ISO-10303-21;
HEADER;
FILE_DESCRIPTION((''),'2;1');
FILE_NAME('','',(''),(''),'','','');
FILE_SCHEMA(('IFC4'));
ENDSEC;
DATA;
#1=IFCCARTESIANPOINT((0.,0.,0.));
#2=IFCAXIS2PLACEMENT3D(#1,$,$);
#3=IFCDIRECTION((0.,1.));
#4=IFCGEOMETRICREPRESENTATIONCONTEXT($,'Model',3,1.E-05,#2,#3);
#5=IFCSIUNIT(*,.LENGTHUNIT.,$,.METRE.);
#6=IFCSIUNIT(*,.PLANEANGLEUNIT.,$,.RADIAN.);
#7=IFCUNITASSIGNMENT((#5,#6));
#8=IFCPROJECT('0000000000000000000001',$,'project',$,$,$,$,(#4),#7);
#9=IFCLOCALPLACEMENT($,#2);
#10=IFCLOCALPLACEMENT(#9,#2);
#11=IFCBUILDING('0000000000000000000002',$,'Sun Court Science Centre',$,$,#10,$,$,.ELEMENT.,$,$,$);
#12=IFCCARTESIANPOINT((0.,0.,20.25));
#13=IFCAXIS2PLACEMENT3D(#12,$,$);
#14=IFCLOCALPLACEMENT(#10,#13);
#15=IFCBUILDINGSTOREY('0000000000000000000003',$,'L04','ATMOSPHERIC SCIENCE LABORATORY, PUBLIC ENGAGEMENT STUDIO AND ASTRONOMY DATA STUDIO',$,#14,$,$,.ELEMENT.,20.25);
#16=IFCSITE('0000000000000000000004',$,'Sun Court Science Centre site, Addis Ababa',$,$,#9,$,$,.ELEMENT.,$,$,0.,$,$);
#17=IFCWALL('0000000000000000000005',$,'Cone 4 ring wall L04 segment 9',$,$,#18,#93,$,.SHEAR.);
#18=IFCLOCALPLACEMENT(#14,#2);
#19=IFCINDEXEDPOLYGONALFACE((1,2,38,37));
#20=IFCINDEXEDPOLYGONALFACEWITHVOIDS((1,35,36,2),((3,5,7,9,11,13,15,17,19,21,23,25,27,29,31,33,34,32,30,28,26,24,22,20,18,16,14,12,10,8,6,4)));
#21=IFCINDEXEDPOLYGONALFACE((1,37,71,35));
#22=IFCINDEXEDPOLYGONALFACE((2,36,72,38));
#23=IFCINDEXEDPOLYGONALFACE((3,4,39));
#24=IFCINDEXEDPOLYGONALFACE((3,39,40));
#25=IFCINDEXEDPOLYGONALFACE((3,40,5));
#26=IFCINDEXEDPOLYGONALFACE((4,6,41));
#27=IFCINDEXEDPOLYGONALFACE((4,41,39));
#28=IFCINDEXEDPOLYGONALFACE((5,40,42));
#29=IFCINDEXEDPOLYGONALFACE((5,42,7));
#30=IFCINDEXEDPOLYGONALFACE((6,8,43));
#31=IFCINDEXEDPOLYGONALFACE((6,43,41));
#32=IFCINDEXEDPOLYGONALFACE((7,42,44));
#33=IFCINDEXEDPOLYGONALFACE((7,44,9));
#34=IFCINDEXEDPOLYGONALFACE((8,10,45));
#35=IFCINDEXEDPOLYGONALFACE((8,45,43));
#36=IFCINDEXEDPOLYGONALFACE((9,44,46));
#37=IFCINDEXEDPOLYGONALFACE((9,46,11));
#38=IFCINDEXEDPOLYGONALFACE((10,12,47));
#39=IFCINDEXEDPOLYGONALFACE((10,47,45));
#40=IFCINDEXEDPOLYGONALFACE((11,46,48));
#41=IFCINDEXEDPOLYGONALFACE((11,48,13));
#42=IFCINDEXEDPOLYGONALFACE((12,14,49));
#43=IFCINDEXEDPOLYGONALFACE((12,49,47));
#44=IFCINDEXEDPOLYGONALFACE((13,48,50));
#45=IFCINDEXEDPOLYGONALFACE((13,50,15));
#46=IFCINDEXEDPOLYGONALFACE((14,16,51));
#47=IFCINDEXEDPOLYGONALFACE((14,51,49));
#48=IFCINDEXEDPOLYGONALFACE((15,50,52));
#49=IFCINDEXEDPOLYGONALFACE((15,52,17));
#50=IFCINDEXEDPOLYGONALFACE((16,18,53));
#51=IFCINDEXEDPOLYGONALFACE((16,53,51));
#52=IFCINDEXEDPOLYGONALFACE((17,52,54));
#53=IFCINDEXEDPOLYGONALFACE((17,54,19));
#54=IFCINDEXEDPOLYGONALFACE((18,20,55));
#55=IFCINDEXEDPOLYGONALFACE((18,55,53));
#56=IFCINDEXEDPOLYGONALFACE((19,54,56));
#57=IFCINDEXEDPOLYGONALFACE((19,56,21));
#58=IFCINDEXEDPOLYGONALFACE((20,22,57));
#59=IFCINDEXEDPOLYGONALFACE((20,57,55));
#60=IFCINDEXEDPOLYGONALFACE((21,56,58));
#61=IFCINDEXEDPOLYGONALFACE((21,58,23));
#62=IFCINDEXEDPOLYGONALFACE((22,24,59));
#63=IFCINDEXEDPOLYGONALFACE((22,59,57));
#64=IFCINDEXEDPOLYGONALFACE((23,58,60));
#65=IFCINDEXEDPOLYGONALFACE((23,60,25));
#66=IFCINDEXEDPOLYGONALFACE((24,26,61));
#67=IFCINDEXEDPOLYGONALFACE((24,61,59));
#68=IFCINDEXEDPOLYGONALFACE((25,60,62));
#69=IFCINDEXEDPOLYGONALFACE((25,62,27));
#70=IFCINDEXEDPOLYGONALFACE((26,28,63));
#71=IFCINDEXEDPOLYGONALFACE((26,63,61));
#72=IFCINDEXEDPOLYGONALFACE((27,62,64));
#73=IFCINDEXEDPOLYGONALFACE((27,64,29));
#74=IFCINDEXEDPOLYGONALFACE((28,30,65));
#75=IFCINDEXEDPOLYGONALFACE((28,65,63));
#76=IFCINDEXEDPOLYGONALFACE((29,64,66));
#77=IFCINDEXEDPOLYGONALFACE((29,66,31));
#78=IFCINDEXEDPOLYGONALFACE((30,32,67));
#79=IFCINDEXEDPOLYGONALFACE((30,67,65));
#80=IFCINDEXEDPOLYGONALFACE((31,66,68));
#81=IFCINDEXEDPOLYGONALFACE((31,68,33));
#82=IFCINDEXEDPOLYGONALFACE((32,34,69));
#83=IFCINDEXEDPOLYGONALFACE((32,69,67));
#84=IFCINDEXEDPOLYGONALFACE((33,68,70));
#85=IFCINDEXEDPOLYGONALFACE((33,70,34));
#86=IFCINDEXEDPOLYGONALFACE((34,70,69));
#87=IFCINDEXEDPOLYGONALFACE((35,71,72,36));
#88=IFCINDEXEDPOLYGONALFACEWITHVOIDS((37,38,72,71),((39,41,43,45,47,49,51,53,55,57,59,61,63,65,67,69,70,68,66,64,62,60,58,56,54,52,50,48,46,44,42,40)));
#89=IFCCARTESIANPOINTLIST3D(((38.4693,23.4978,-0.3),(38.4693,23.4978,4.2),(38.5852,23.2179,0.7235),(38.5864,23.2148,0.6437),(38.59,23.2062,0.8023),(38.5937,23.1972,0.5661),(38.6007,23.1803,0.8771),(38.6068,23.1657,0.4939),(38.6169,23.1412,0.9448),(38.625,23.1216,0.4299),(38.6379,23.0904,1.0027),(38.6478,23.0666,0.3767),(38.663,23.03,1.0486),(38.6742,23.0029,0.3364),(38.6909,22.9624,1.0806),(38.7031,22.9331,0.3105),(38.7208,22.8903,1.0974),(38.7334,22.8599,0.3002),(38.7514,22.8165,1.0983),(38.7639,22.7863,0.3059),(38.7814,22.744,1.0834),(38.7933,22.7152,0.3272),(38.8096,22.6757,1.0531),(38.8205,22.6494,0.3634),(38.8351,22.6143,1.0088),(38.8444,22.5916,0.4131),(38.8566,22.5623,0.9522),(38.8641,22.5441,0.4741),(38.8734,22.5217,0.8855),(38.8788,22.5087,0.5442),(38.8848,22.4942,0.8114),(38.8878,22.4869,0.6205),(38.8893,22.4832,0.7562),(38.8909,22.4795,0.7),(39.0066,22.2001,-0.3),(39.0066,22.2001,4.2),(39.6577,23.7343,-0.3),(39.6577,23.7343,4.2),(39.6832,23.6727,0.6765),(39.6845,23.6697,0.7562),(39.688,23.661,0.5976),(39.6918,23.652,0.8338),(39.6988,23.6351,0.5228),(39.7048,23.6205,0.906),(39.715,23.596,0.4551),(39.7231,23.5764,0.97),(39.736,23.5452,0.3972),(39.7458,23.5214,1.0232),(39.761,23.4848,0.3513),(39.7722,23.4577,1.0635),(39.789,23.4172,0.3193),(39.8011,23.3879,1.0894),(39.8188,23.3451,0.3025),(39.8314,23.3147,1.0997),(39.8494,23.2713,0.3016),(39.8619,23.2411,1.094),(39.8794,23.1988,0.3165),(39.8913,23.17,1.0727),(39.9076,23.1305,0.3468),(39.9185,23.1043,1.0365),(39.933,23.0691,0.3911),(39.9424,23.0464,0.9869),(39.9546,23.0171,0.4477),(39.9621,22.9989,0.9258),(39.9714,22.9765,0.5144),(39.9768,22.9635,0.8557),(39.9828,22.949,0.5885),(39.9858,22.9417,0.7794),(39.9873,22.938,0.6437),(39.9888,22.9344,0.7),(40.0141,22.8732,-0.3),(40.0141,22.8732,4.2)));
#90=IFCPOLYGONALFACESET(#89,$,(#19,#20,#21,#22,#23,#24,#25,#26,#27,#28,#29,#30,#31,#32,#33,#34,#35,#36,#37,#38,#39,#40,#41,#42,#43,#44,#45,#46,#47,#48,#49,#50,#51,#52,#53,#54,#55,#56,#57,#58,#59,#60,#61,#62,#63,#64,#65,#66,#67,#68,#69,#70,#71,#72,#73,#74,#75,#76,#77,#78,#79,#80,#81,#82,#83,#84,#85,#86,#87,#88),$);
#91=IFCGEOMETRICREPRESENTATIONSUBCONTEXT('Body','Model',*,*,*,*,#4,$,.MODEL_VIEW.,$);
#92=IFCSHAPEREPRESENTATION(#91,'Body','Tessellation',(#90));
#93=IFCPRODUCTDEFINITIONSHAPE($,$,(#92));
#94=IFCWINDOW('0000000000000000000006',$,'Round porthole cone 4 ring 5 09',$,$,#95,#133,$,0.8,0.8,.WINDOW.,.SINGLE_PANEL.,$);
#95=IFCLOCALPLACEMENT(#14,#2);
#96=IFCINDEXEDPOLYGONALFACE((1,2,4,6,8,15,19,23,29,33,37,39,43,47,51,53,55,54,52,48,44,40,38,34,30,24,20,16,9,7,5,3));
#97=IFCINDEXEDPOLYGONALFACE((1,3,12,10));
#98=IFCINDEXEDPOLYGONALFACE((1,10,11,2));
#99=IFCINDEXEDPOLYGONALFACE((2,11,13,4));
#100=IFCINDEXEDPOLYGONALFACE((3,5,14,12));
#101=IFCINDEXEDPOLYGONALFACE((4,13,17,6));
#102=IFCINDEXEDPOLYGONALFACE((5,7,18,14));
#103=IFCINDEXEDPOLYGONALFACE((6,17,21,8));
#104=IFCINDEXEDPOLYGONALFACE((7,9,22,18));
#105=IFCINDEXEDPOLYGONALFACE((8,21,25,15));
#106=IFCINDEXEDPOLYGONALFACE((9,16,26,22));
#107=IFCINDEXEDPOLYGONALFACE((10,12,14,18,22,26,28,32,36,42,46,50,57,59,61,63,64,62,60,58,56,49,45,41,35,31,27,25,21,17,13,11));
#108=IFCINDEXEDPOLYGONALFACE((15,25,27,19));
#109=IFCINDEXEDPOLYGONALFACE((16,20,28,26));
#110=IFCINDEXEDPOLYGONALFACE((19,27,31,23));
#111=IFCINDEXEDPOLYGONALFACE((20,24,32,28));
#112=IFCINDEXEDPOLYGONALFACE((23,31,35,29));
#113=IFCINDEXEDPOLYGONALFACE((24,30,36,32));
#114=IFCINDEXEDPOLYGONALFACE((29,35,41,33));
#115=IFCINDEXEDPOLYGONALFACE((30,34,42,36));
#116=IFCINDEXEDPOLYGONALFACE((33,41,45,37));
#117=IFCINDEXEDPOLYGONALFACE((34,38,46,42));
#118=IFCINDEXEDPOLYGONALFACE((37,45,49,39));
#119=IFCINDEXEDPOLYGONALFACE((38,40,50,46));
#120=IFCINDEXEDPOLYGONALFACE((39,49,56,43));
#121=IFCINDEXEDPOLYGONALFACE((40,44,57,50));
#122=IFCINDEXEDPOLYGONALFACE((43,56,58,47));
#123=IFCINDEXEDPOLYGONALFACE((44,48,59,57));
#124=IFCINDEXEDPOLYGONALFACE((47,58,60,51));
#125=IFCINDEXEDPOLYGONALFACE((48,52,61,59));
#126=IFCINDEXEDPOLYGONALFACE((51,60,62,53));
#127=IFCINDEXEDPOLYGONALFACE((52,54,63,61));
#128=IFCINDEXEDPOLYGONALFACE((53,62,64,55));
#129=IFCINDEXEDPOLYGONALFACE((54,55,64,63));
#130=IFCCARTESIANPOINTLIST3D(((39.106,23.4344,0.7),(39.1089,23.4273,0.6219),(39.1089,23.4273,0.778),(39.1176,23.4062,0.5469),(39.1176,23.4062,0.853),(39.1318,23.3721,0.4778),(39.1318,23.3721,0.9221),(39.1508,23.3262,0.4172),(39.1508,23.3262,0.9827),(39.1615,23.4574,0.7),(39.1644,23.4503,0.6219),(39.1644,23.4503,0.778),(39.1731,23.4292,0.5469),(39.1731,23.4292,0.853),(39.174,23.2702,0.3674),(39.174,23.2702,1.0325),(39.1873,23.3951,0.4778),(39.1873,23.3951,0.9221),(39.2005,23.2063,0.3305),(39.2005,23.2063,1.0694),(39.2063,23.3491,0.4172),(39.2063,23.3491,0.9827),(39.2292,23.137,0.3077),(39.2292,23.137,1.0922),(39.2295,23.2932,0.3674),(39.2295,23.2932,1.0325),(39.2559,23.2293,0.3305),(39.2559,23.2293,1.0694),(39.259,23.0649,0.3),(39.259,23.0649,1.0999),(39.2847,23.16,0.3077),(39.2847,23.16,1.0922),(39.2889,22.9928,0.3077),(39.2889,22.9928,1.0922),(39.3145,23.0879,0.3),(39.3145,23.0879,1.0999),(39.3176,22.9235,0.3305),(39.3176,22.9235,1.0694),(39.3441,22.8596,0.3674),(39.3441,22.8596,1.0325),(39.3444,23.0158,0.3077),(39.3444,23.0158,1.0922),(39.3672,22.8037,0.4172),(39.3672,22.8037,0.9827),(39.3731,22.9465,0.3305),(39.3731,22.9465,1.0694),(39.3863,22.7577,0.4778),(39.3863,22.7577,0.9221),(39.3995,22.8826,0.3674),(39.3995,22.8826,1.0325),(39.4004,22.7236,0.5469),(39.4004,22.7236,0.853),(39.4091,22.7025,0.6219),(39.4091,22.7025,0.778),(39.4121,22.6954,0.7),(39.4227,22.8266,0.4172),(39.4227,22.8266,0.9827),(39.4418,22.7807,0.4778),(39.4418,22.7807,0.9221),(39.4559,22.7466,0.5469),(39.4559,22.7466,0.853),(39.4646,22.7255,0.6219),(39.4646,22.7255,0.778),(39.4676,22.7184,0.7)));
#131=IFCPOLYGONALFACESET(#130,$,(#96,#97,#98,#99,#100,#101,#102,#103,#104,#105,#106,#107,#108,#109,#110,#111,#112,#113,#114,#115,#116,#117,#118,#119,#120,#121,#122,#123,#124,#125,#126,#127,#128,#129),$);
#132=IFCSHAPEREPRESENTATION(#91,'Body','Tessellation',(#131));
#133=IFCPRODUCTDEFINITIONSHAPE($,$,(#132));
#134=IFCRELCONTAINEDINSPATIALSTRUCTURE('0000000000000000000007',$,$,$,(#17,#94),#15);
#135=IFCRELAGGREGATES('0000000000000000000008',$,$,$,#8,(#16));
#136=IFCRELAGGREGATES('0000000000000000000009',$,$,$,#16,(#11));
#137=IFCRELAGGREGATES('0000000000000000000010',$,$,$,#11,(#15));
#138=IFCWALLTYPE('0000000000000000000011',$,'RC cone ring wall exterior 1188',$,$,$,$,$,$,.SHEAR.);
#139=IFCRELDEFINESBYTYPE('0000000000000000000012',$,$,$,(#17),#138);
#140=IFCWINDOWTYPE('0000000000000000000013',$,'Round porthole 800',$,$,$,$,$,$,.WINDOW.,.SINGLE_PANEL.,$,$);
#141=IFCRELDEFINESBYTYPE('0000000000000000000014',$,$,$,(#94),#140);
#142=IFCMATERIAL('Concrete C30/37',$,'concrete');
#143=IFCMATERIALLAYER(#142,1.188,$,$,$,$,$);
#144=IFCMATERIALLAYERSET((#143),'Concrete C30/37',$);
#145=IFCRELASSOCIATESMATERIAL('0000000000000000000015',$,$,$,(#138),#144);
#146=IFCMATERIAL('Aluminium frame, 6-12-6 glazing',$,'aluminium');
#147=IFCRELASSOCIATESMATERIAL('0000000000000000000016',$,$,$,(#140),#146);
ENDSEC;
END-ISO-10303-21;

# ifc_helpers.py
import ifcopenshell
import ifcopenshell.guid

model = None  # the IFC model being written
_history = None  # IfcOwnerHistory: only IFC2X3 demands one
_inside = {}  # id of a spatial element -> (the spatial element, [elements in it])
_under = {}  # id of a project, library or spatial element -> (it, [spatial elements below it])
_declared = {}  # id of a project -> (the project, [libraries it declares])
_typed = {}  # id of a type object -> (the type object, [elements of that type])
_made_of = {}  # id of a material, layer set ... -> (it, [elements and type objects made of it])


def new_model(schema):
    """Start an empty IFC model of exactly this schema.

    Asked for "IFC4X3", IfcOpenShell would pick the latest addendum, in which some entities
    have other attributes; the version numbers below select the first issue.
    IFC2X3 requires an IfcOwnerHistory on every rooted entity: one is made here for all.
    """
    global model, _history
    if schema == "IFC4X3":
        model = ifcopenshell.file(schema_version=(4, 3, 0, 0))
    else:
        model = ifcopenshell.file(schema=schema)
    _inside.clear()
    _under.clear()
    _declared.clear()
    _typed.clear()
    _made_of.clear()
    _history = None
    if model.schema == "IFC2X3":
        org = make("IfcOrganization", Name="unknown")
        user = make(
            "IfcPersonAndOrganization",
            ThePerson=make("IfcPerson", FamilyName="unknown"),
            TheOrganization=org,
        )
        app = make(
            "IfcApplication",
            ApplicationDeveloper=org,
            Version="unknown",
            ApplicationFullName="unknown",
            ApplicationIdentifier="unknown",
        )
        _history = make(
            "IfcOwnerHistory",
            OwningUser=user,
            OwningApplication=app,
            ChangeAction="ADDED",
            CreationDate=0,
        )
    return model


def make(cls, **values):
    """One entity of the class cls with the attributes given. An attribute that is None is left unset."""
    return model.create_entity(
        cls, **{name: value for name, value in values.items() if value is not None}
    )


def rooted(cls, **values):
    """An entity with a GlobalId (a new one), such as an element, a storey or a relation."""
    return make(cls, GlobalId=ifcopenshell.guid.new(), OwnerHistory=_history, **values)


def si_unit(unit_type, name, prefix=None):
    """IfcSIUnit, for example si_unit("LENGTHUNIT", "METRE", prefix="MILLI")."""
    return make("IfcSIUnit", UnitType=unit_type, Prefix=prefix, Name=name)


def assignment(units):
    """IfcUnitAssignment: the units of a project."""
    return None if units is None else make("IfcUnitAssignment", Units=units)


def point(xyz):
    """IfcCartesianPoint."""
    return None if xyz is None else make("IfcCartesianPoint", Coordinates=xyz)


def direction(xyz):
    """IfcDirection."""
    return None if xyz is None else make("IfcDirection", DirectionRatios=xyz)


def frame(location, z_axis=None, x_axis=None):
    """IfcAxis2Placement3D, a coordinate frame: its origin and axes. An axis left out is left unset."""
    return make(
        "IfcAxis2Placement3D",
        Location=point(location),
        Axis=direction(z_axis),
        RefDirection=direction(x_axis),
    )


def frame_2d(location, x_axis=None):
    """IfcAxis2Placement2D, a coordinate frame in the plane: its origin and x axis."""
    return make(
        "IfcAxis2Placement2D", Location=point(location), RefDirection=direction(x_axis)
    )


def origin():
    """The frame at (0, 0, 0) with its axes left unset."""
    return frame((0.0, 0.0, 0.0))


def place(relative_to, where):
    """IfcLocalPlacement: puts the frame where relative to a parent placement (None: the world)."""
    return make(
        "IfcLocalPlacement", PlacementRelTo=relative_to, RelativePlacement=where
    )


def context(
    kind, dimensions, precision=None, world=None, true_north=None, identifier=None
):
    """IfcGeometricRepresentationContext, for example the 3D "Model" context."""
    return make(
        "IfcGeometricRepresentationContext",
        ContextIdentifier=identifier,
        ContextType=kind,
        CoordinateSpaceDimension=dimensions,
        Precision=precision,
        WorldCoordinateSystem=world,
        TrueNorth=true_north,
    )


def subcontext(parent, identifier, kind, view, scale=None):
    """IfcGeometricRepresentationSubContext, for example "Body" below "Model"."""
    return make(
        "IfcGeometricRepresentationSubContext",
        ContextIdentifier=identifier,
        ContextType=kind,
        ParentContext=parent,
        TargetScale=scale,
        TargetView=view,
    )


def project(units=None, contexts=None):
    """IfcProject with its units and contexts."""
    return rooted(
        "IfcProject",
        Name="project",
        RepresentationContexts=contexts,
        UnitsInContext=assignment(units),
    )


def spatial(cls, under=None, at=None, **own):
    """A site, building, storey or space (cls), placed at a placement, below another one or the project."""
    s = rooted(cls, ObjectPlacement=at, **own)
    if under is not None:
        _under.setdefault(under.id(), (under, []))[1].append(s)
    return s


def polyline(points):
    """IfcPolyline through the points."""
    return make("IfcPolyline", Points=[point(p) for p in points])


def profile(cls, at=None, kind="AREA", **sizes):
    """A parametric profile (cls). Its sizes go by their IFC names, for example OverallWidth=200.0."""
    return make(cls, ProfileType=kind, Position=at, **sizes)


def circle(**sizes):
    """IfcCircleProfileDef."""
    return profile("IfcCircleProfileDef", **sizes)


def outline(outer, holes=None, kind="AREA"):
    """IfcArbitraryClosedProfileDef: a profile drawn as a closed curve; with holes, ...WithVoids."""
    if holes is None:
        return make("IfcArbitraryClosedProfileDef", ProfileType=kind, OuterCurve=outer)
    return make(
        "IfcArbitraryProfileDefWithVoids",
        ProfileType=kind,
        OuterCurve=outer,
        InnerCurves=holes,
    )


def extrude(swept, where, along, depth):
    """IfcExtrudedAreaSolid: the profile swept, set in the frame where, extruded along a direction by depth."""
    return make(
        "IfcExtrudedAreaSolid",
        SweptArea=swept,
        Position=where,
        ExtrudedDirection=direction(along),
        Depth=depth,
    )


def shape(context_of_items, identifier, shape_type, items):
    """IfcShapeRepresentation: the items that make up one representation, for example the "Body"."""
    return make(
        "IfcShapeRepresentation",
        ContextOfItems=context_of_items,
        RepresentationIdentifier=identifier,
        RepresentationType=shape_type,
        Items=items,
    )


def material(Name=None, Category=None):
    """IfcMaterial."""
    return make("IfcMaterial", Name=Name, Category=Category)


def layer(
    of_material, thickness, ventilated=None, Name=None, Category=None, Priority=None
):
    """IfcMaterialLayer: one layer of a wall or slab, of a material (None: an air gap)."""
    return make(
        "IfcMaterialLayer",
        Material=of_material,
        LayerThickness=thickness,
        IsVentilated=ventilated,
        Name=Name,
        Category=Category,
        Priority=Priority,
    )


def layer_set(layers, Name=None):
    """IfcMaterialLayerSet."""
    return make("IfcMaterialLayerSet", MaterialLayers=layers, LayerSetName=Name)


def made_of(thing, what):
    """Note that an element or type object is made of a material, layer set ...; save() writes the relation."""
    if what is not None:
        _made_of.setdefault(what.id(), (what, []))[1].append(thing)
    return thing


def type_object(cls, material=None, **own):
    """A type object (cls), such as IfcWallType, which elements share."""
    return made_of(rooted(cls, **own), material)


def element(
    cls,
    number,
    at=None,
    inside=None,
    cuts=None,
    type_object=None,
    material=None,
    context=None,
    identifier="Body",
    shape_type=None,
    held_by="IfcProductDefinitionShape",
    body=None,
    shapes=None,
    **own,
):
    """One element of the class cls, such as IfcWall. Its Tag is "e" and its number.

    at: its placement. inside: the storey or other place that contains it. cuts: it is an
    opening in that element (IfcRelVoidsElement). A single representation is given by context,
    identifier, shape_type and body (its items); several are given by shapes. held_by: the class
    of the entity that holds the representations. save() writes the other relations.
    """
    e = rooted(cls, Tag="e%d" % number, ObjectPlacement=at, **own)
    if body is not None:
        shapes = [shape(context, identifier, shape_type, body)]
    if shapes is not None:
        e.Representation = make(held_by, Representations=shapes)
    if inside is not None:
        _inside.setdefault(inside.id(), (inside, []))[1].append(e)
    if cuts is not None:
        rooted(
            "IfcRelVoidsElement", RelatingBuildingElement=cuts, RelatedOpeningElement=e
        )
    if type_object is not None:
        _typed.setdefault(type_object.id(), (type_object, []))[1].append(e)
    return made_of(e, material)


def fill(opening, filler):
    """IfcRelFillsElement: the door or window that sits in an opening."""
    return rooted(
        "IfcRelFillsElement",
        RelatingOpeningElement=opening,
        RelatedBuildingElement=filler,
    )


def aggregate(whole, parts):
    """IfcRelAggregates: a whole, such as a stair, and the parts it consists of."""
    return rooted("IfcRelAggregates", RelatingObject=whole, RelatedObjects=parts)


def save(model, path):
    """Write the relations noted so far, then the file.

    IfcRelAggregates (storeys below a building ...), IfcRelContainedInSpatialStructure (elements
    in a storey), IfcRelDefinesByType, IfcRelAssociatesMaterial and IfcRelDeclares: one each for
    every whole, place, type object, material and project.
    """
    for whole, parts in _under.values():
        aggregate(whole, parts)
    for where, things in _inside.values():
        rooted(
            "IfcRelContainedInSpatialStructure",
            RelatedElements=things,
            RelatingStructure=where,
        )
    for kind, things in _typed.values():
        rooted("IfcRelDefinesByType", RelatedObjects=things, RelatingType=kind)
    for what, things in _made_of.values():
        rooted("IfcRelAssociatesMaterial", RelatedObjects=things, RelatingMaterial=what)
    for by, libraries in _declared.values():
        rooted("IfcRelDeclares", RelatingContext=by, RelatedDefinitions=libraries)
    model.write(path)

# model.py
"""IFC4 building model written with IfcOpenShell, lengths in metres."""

from ifc_helpers import new_model, si_unit, direction, frame, frame_2d, origin, place, context, subcontext, project, spatial, polyline, circle, outline, extrude, material, layer, layer_set, type_object, element, fill, save


model = new_model("IFC4")

# Units and contexts
model_context = context("Model", 3, precision=1e-05, world=origin(), true_north=direction((0.0, 1.0)))
body_context = subcontext(model_context, "Body", "Model", "MODEL_VIEW")
ifc_project = project(units=[si_unit("LENGTHUNIT", "METRE"), si_unit("PLANEANGLEUNIT", "RADIAN")], contexts=[model_context])

# Site, building, storey
site_placement = place(None, origin())
site = spatial("IfcSite", under=ifc_project, at=site_placement, Name="Sun Court Science Centre site, Addis Ababa", CompositionType="ELEMENT", RefElevation=0.0)
building_placement = place(site_placement, origin())
building = spatial("IfcBuilding", under=site, at=building_placement, Name="Sun Court Science Centre", CompositionType="ELEMENT")
storey_placement = place(building_placement, frame((0.0, 0.0, 20.25)))
storey = spatial("IfcBuildingStorey", under=building, at=storey_placement, Name="L04", Description="ATMOSPHERIC SCIENCE LABORATORY, PUBLIC ENGAGEMENT STUDIO AND ASTRONOMY DATA STUDIO", CompositionType="ELEMENT", Elevation=20.25)

# Wall, opening, window
ifc_material_1 = material(Name="Concrete C30/37", Category="concrete")
ifc_layer = layer(ifc_material_1, 1.188)
ifc_layer_set = layer_set([ifc_layer], Name="Concrete C30/37")
wall_type = type_object("IfcWallType", Name="RC cone ring wall exterior 1188", PredefinedType="SHEAR", material=ifc_layer_set)
ifc_material_2 = material(Name="Aluminium frame, 6-12-6 glazing", Category="aluminium")
window_type = type_object("IfcWindowType", Name="Round porthole 800", PartitioningType="SINGLE_PANEL", PredefinedType="WINDOW", material=ifc_material_2)
wall_1_placement = place(storey_placement, frame((39.0181, 23.7251, -0.3), z_axis=(0.0, 0.0, 1.0), x_axis=(0.382689, -0.923877, 0.0)))
wall_1 = element("IfcWall", 1, at=wall_1_placement, inside=storey, type_object=wall_type, Name="Cone 4 ring wall L04 segment 9", PredefinedType="SHEAR", context=body_context, shape_type="SweptSolid", body=[
    extrude(outline(polyline([(0.0, -0.594), (1.4045, -0.5942), (1.1682, 0.5942), (0.2363, 0.5945), (0.0, -0.594)])), origin(), (0.0, 0.0, 1.0), 4.5),
])
opening_1_placement = place(wall_1_placement, frame((0.3022, 0.0, 0.6001)))
opening_1 = element("IfcOpeningElement", 2, at=opening_1_placement, cuts=wall_1, PredefinedType="OPENING", context=body_context, shape_type="SweptSolid", body=[
    extrude(circle(Radius=0.3999, at=frame_2d((0.3999, 0.3999))), frame((0.0, 0.6042, 0.0), z_axis=(0.0, -1.0, 0.0), x_axis=(1.0, 0.0, 0.0)), (0.0, 0.0, 1.0), 1.2085),
])
window_1_placement = place(opening_1_placement, origin())
window_1 = element("IfcWindow", 3, at=window_1_placement, inside=storey, type_object=window_type, Name="Round porthole cone 4 ring 5 09", OverallHeight=0.8, OverallWidth=0.8, PartitioningType="SINGLE_PANEL", PredefinedType="WINDOW", context=body_context, shape_type="SweptSolid", body=[
    extrude(circle(Radius=0.3999, at=frame_2d((0.3999, 0.3999))), frame((0.0, 0.03, 0.0), z_axis=(0.0, -1.0, 0.0), x_axis=(1.0, 0.0, 0.0)), (0.0, 0.0, 1.0), 0.0601),
])
fill(opening_1, window_1)

save(model, "model.ifc")
